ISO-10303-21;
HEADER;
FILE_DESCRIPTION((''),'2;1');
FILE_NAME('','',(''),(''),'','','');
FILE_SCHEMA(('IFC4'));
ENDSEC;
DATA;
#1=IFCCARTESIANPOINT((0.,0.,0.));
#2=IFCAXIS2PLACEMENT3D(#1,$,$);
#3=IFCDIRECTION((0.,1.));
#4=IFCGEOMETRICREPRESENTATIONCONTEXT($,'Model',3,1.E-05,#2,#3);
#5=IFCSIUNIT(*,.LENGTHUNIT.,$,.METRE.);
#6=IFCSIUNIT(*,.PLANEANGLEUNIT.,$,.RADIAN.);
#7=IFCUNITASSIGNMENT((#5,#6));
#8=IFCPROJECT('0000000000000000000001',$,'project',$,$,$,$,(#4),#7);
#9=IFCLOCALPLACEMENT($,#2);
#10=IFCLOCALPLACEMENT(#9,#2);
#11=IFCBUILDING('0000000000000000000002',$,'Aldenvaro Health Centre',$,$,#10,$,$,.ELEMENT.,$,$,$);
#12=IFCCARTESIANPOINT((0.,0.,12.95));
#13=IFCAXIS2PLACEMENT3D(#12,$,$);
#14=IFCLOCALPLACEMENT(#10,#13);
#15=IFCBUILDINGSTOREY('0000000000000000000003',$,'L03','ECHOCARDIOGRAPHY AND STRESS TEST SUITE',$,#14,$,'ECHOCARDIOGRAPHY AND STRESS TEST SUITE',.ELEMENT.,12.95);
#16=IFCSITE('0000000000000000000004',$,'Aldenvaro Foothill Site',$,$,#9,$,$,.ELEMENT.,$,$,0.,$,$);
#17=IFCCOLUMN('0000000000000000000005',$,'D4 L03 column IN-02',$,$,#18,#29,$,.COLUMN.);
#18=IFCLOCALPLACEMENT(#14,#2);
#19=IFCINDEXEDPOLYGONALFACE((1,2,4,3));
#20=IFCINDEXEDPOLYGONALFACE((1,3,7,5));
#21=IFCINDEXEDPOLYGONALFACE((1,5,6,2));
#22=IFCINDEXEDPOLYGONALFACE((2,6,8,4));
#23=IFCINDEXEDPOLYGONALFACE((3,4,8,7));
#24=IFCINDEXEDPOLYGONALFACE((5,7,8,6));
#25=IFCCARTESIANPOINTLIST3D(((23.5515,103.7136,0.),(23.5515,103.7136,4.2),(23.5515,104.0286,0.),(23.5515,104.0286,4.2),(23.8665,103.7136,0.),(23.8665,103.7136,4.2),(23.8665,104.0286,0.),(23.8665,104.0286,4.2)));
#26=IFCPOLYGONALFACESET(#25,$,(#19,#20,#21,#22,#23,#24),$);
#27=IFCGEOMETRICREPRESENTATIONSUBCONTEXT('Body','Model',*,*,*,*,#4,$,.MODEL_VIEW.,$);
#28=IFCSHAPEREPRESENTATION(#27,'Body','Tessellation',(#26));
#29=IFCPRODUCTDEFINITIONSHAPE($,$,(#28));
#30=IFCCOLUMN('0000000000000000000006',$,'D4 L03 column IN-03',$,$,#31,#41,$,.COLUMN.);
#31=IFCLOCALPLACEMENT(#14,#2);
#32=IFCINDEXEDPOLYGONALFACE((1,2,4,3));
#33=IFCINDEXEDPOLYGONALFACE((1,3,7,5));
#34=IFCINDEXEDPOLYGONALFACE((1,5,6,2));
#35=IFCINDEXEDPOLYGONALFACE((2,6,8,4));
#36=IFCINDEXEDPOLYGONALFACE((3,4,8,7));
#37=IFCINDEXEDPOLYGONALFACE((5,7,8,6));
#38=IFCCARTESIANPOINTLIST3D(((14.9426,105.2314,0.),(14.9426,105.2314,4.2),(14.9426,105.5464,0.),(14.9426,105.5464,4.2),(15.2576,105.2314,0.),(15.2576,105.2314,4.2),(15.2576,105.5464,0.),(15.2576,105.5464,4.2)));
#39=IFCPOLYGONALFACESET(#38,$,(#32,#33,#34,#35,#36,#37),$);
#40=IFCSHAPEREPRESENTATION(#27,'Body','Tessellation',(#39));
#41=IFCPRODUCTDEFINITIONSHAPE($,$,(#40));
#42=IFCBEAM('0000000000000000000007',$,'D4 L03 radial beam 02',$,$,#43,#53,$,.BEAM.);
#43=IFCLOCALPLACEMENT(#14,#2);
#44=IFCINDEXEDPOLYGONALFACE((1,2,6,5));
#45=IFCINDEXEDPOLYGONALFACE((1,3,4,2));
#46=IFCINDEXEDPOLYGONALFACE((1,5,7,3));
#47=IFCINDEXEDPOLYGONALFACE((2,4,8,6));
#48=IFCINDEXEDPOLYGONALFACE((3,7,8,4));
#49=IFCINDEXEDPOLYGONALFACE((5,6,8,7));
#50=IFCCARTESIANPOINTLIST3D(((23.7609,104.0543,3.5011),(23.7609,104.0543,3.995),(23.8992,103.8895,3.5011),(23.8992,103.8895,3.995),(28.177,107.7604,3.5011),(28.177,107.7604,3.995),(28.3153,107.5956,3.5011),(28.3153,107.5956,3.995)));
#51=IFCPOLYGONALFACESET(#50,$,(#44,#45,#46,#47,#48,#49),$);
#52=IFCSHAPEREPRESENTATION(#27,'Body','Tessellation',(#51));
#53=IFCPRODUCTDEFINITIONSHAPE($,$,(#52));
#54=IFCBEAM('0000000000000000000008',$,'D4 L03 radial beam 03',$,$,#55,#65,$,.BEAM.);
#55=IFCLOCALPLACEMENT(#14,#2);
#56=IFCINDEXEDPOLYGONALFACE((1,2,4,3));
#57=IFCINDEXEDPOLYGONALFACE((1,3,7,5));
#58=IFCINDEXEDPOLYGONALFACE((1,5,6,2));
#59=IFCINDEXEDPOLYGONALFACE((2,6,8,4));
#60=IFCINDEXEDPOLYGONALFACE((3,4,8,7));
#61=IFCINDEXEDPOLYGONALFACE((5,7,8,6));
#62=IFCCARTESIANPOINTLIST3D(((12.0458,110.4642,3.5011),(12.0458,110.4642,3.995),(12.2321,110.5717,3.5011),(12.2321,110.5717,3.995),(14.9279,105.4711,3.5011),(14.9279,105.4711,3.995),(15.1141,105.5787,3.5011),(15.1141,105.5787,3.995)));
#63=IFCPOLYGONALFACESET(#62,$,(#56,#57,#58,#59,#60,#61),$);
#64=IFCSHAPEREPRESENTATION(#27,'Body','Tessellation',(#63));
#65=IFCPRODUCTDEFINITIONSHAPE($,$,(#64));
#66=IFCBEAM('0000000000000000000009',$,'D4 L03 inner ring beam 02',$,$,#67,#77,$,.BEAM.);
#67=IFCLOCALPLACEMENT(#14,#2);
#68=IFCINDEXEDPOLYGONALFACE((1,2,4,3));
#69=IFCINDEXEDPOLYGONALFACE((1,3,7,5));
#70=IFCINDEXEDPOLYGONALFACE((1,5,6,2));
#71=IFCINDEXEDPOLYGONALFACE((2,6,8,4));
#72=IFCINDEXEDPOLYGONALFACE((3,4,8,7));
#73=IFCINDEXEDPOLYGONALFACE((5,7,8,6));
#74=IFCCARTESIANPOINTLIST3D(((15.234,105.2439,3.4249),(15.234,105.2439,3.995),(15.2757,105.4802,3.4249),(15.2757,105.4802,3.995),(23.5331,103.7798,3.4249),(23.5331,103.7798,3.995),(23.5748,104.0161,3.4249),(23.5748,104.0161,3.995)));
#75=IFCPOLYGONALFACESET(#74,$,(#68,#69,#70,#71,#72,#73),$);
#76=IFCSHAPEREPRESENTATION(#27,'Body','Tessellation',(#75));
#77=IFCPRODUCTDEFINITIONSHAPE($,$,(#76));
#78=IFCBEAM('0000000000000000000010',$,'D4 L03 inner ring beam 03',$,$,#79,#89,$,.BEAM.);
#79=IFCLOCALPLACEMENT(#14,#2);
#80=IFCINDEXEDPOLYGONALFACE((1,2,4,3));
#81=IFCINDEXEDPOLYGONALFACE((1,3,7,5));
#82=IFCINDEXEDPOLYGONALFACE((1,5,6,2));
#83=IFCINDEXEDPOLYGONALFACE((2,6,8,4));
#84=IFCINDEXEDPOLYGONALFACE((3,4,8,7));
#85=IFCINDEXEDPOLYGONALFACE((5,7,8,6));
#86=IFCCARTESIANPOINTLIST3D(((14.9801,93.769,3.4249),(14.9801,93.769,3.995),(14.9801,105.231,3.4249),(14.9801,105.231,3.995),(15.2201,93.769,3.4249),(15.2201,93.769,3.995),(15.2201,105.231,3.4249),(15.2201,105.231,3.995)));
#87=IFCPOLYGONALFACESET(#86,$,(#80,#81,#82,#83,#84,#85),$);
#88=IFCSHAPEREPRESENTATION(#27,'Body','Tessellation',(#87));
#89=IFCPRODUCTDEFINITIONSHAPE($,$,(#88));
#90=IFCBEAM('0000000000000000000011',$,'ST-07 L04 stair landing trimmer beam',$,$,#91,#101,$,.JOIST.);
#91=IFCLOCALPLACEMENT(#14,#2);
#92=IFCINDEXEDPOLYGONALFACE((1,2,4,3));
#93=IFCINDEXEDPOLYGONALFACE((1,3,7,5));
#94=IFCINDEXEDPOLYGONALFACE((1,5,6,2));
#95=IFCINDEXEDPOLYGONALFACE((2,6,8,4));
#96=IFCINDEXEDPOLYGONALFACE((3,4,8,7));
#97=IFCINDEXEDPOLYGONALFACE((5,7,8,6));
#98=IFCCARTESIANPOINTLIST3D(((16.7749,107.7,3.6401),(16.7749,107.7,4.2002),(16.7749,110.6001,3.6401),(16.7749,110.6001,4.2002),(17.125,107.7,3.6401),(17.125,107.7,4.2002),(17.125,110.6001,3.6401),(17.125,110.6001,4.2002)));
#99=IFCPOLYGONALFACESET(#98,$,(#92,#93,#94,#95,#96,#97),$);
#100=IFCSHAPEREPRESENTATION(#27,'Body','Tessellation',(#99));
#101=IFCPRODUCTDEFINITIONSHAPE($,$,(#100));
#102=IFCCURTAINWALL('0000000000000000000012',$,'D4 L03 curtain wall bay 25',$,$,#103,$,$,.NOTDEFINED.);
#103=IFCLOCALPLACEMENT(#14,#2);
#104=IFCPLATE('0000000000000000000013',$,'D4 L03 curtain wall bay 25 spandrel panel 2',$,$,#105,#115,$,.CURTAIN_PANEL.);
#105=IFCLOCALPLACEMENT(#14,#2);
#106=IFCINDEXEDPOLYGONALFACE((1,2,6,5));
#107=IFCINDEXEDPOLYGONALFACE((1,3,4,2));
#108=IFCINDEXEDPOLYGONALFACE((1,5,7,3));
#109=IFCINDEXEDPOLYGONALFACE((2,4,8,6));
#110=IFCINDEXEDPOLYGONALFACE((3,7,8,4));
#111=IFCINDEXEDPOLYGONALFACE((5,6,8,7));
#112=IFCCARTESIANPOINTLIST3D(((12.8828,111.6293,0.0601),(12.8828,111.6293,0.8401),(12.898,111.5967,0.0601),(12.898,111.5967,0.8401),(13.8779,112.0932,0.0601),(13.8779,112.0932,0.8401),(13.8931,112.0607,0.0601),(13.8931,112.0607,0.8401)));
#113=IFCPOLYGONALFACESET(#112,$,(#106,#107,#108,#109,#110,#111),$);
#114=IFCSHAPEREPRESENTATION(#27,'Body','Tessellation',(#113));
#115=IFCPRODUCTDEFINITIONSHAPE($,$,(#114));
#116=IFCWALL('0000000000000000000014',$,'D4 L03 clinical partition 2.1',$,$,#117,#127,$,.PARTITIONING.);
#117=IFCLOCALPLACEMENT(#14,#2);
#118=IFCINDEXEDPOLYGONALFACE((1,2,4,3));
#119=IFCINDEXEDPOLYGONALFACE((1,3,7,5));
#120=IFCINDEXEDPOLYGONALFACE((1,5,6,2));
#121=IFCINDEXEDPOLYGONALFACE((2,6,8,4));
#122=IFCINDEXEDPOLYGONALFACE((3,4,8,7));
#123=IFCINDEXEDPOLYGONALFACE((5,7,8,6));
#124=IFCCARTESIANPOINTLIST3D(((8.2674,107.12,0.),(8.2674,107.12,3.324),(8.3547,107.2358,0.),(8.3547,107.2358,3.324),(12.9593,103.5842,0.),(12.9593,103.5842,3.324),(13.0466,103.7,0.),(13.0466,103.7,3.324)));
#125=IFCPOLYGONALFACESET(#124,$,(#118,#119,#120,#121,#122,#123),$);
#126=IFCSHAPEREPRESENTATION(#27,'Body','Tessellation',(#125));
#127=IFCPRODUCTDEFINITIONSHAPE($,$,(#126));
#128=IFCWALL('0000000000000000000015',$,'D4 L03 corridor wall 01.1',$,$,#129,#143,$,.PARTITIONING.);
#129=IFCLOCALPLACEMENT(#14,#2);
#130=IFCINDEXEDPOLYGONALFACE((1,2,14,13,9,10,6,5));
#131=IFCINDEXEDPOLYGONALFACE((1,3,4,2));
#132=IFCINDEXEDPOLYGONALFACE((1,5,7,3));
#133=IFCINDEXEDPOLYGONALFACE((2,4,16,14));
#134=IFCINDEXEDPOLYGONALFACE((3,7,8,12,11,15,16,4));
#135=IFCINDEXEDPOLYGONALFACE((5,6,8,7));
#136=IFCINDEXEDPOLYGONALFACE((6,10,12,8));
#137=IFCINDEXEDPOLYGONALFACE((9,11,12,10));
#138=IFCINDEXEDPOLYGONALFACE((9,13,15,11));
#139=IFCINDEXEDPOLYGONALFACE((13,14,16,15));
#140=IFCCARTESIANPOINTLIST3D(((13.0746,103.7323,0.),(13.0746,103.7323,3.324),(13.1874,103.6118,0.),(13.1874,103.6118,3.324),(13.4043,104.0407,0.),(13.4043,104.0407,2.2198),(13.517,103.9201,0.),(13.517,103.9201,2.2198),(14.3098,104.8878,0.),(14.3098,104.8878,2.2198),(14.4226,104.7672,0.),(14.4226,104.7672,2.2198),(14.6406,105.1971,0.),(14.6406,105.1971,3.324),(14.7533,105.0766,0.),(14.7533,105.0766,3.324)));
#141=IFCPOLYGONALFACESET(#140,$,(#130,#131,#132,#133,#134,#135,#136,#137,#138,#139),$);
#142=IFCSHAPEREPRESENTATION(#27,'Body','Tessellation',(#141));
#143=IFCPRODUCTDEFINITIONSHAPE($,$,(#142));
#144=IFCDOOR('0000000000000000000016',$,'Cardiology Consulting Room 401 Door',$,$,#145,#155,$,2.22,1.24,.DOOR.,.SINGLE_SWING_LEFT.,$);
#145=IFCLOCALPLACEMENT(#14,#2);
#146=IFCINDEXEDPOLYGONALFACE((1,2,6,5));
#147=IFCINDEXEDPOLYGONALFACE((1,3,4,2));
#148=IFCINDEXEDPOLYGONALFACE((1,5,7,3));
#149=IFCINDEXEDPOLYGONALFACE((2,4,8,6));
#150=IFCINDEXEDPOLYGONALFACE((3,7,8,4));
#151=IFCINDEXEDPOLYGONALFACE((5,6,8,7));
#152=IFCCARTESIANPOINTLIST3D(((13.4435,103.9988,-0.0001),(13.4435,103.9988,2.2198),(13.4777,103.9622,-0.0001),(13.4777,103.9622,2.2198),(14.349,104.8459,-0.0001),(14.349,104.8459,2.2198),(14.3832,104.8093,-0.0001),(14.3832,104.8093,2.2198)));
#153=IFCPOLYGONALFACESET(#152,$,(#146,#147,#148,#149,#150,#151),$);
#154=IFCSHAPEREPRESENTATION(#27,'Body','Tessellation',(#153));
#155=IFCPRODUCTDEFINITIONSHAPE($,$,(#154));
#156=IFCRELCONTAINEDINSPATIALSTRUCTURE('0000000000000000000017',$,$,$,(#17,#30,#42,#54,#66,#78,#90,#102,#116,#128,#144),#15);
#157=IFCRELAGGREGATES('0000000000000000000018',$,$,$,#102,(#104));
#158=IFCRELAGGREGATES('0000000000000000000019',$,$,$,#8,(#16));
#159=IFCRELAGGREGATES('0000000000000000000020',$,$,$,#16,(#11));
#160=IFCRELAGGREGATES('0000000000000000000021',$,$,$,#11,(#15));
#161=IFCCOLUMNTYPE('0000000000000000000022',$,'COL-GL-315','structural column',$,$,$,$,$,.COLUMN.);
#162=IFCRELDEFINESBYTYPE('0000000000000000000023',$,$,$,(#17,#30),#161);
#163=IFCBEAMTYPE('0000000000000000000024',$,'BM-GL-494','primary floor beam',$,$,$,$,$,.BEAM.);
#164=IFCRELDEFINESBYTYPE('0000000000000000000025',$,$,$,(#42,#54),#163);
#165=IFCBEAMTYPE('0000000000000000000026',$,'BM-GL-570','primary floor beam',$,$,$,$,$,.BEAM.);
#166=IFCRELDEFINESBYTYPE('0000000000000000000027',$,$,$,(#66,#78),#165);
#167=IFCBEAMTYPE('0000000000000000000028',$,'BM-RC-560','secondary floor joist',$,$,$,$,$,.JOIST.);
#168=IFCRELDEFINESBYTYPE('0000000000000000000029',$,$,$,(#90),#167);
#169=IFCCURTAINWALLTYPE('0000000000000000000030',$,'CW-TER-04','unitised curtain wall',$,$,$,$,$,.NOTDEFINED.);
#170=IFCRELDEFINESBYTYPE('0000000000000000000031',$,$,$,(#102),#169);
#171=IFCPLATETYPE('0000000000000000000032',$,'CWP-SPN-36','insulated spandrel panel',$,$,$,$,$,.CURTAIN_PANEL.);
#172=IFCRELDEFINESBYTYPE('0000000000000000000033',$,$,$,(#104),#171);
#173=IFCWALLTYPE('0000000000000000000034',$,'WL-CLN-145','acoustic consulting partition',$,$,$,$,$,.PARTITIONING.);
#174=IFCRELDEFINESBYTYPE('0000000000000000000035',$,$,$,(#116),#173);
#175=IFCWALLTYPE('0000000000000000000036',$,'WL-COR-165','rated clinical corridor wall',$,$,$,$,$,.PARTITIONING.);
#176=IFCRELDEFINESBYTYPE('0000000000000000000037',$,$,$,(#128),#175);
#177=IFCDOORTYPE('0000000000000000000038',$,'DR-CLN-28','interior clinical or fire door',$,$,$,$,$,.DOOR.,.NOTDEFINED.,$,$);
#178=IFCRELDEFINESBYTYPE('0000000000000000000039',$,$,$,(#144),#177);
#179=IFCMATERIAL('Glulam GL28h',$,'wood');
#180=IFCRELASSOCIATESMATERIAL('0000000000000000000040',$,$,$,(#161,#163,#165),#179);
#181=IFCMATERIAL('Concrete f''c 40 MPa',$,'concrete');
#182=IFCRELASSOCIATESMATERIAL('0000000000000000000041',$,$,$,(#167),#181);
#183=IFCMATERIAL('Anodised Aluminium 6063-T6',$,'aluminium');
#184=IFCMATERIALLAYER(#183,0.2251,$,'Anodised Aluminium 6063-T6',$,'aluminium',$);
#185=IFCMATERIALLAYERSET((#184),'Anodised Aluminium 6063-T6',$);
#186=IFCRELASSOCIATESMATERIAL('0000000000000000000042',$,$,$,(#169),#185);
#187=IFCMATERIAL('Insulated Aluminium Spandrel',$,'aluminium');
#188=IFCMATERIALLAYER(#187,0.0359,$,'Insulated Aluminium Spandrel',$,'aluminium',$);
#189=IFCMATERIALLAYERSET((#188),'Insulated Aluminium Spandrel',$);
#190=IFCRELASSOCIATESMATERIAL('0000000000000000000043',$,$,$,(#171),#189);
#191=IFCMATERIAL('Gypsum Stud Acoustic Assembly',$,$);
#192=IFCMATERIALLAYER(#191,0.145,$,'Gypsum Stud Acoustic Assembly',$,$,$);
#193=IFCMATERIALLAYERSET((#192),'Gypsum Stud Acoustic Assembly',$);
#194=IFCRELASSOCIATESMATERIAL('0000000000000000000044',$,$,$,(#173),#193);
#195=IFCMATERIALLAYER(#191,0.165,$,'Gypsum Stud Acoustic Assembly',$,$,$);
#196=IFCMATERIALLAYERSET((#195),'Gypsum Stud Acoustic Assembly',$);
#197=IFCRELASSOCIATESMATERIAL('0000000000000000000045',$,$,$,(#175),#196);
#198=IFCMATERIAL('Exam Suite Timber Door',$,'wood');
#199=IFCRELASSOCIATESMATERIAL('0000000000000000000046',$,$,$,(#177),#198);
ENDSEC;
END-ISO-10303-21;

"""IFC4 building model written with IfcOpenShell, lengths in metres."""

from ifc_helpers import new_model, si_unit, direction, frame, frame_2d, origin, origin_2d, place, context, subcontext, project, spatial, rectangle, extrude, material, layer, layer_set, material_profile, profile_set, type_object, element, fill, aggregate, save


model = new_model("IFC4")

# Units and contexts
model_context = context("Model", 3, precision=1e-05, world=origin(), true_north=direction((0.0, 1.0)))
body_context = subcontext(model_context, "Body", "Model", "MODEL_VIEW")
ifc_project = project(units=[si_unit("LENGTHUNIT", "METRE"), si_unit("PLANEANGLEUNIT", "RADIAN")], contexts=[model_context])

# Site, building, storey
site_placement = place(None, origin())
site = spatial("IfcSite", under=ifc_project, at=site_placement, Name="Aldenvaro Foothill Site", CompositionType="ELEMENT", RefElevation=0.0)
building_placement = place(site_placement, origin())
building = spatial("IfcBuilding", under=site, at=building_placement, Name="Aldenvaro Health Centre", CompositionType="ELEMENT")
storey_placement = place(building_placement, frame((0.0, 0.0, 12.95)))
storey = spatial("IfcBuildingStorey", under=building, at=storey_placement, Name="L03", Description="ECHOCARDIOGRAPHY AND STRESS TEST SUITE", LongName="ECHOCARDIOGRAPHY AND STRESS TEST SUITE", CompositionType="ELEMENT", Elevation=12.95)

# Columns
ifc_material_1 = material(Name="Glulam GL28h", Category="wood")
ifc_material_profile_1 = material_profile(ifc_material_1, rectangle(XDim=0.3149, YDim=0.3149, at=origin_2d()), Name="GL 315x315", Category="wood")
ifc_profile_set_1 = profile_set([ifc_material_profile_1], Name="Glulam GL28h")
column_type = type_object("IfcColumnType", Name="COL-GL-315", Description="structural column", PredefinedType="COLUMN", material=ifc_profile_set_1)
for number, where, z_axis, x_axis, name in (
    (1, (23.709, 103.8711, 0.0), (0.0, 0.0, 1.0), (1.0, 0.0, 0.0), "D4 L03 column IN-02"),
    (2, (15.1001, 105.3889, 0.0), (0.0, 0.0, 1.0), (1.0, 0.0, 0.0), "D4 L03 column IN-03"),
):
    element("IfcColumn", number, at=place(storey_placement, frame(where, z_axis=z_axis, x_axis=x_axis)), inside=storey, type_object=column_type, Name=name, PredefinedType="COLUMN", context=body_context, shape_type="SweptSolid", body=[
        extrude(rectangle(XDim=0.3149, YDim=0.3149, at=origin_2d()), origin(), (0.0, 0.0, 1.0), 4.2),
    ])

# Beams
ifc_material_profile_2 = material_profile(ifc_material_1, rectangle(XDim=0.2151, YDim=0.4939, at=origin_2d()), Name="GL 215x494", Category="wood")
ifc_profile_set_2 = profile_set([ifc_material_profile_2], Name="Glulam GL28h")
beam_type_1 = type_object("IfcBeamType", Name="BM-GL-494", Description="primary floor beam", PredefinedType="BEAM", material=ifc_profile_set_2)
for number, where, z_axis, x_axis, name in (
    (3, (23.8301, 103.9719, 3.748), (0.765995, 0.642846, 0.0), (-0.642846, 0.765995, 0.0), "D4 L03 radial beam 02"),
    (4, (15.021, 105.5249, 3.748), (-0.499906, 0.86608, 0.0), (-0.86608, -0.499906, 0.0), "D4 L03 radial beam 03"),
):
    element("IfcBeam", number, at=place(storey_placement, frame(where, z_axis=z_axis, x_axis=x_axis)), inside=storey, type_object=beam_type_1, Name=name, PredefinedType="BEAM", context=body_context, shape_type="SweptSolid", body=[
        extrude(rectangle(XDim=0.2151, YDim=0.4939, at=origin_2d()), origin(), (0.0, 0.0, 1.0), 5.7651),
    ])
ifc_material_profile_3 = material_profile(ifc_material_1, rectangle(XDim=0.24, YDim=0.5701, at=origin_2d()), Name="GL 240x570", Category="wood")
ifc_profile_set_3 = profile_set([ifc_material_profile_3], Name="Glulam GL28h")
beam_type_2 = type_object("IfcBeamType", Name="BM-GL-570", Description="primary floor beam", PredefinedType="BEAM", material=ifc_profile_set_3)
beam_1_placement = place(storey_placement, frame((23.554, 103.8979, 3.71), z_axis=(-0.984792, 0.173736, 0.0), x_axis=(-0.173736, -0.984792, 0.0)))
element("IfcBeam", 5, at=beam_1_placement, inside=storey, type_object=beam_type_2, Name="D4 L03 inner ring beam 02", PredefinedType="BEAM", context=body_context, shape_type="SweptSolid", body=[
    extrude(rectangle(XDim=0.24, YDim=0.5701, at=origin_2d()), origin(), (0.0, 0.0, 1.0), 8.4272),
])
beam_2_placement = place(storey_placement, frame((15.1001, 105.231, 3.71), z_axis=(0.0, -1.0, 0.0), x_axis=(1.0, 0.0, 0.0)))
element("IfcBeam", 6, at=beam_2_placement, inside=storey, type_object=beam_type_2, Name="D4 L03 inner ring beam 03", PredefinedType="BEAM", context=body_context, shape_type="SweptSolid", body=[
    extrude(rectangle(XDim=0.24, YDim=0.5701, at=origin_2d()), origin(), (0.0, 0.0, 1.0), 11.4619),
])
ifc_material_2 = material(Name="Concrete f'c 40 MPa", Category="concrete")
ifc_material_profile_4 = material_profile(ifc_material_2, rectangle(XDim=0.3501, YDim=0.5601, at=origin_2d()), Name="RC 350x560", Category="concrete")
ifc_profile_set_4 = profile_set([ifc_material_profile_4], Name="Concrete f'c 40 MPa")
beam_type_3 = type_object("IfcBeamType", Name="BM-RC-560", Description="secondary floor joist", PredefinedType="JOIST", material=ifc_profile_set_4)
beam_3_placement = place(storey_placement, frame((16.95, 107.7, 3.9202), z_axis=(0.0, 1.0, 0.0), x_axis=(-1.0, 0.0, 0.0)))
element("IfcBeam", 7, at=beam_3_placement, inside=storey, type_object=beam_type_3, Name="ST-07 L04 stair landing trimmer beam", PredefinedType="JOIST", context=body_context, shape_type="SweptSolid", body=[
    extrude(rectangle(XDim=0.3501, YDim=0.5601, at=origin_2d()), origin(), (0.0, 0.0, 1.0), 2.9001),
])

# Curtain wall, plate
ifc_material_3 = material(Name="Anodised Aluminium 6063-T6", Category="aluminium")
ifc_layer_1 = layer(ifc_material_3, 0.2251, Name="Anodised Aluminium 6063-T6", Category="aluminium")
ifc_layer_set_1 = layer_set([ifc_layer_1], Name="Anodised Aluminium 6063-T6")
curtain_wall_type = type_object("IfcCurtainWallType", Name="CW-TER-04", Description="unitised curtain wall", PredefinedType="NOTDEFINED", material=ifc_layer_set_1)
curtain_wall_placement = place(storey_placement, origin())
curtain_wall = element("IfcCurtainWall", 8, at=curtain_wall_placement, inside=storey, type_object=curtain_wall_type, Name="D4 L03 curtain wall bay 25", PredefinedType="NOTDEFINED")
ifc_material_4 = material(Name="Insulated Aluminium Spandrel", Category="aluminium")
ifc_layer_2 = layer(ifc_material_4, 0.0359, Name="Insulated Aluminium Spandrel", Category="aluminium")
ifc_layer_set_2 = layer_set([ifc_layer_2], Name="Insulated Aluminium Spandrel")
plate_type = type_object("IfcPlateType", Name="CWP-SPN-36", Description="insulated spandrel panel", PredefinedType="CURTAIN_PANEL", material=ifc_layer_set_2)
plate_placement = place(storey_placement, frame((13.3879, 111.845, 0.0601), z_axis=(0.0, 0.0, 1.0), x_axis=(0.906336, 0.422557, 0.0)))
plate = element("IfcPlate", 9, at=plate_placement, type_object=plate_type, Name="D4 L03 curtain wall bay 25 spandrel panel 2", PredefinedType="CURTAIN_PANEL", context=body_context, shape_type="SweptSolid", body=[
    extrude(rectangle(XDim=1.0979, YDim=0.0359, at=origin_2d()), origin(), (0.0, 0.0, 1.0), 0.78),
])
aggregate(curtain_wall, [plate])

# Wall
ifc_material_5 = material(Name="Gypsum Stud Acoustic Assembly")
ifc_layer_3 = layer(ifc_material_5, 0.145, Name="Gypsum Stud Acoustic Assembly")
ifc_layer_set_3 = layer_set([ifc_layer_3], Name="Gypsum Stud Acoustic Assembly")
wall_type_1 = type_object("IfcWallType", Name="WL-CLN-145", Description="acoustic consulting partition", PredefinedType="PARTITIONING", material=ifc_layer_set_3)
wall_1_placement = place(storey_placement, frame((13.0029, 103.6421, 0.0), z_axis=(0.0, 0.0, 1.0), x_axis=(-0.798612, 0.601847, 0.0)))
element("IfcWall", 10, at=wall_1_placement, inside=storey, type_object=wall_type_1, Name="D4 L03 clinical partition 2.1", PredefinedType="PARTITIONING", context=body_context, shape_type="SweptSolid", body=[
    extrude(rectangle(XDim=5.875, YDim=0.145, at=frame_2d((2.9375, 0.0))), origin(), (0.0, 0.0, 1.0), 3.324),
])

# Wall, opening, door
ifc_layer_4 = layer(ifc_material_5, 0.165, Name="Gypsum Stud Acoustic Assembly")
ifc_layer_set_4 = layer_set([ifc_layer_4], Name="Gypsum Stud Acoustic Assembly")
wall_type_2 = type_object("IfcWallType", Name="WL-COR-165", Description="rated clinical corridor wall", PredefinedType="PARTITIONING", material=ifc_layer_set_4)
wall_2_placement = place(storey_placement, frame((14.697, 105.137, 0.0), z_axis=(0.0, 0.0, 1.0), x_axis=(-0.730282, -0.683145, 0.0)))
wall_2 = element("IfcWall", 11, at=wall_2_placement, inside=storey, type_object=wall_type_2, Name="D4 L03 corridor wall 01.1", PredefinedType="PARTITIONING", context=body_context, shape_type="SweptSolid", body=[
    extrude(rectangle(XDim=2.1443, YDim=0.165, at=frame_2d((1.0723, 0.0))), origin(), (0.0, 0.0, 1.0), 3.324),
])
opening_1_placement = place(wall_2_placement, frame((0.4529, 0.0, 0.0)))
opening_1 = element("IfcOpeningElement", 12, at=opening_1_placement, cuts=wall_2, PredefinedType="OPENING", context=body_context, shape_type="SweptSolid", body=[
    extrude(rectangle(XDim=1.24, YDim=2.22, at=frame_2d((0.6201, 1.1099))), frame((0.0, 0.0925, 0.0), z_axis=(0.0, -1.0, 0.0), x_axis=(1.0, 0.0, 0.0)), (0.0, 0.0, 1.0), 0.1851),
])
ifc_material_6 = material(Name="Exam Suite Timber Door", Category="wood")
door_type_1 = type_object("IfcDoorType", Name="DR-CLN-28", Description="interior clinical or fire door", OperationType="NOTDEFINED", PredefinedType="DOOR", material=ifc_material_6)
door_1_placement = place(opening_1_placement, origin())
door_1 = element("IfcDoor", 13, at=door_1_placement, inside=storey, type_object=door_type_1, Name="Cardiology Consulting Room 401 Door", OperationType="SINGLE_SWING_LEFT", OverallHeight=2.22, OverallWidth=1.24, PredefinedType="DOOR", context=body_context, shape_type="SweptSolid", body=[
    extrude(rectangle(XDim=1.24, YDim=2.22, at=frame_2d((0.6201, 1.1099))), frame((0.0, 0.0249, 0.0), z_axis=(0.0, -1.0, 0.0), x_axis=(1.0, 0.0, 0.0)), (0.0, 0.0, 1.0), 0.05),
])
fill(opening_1, door_1)

save(model, "model.ifc")
